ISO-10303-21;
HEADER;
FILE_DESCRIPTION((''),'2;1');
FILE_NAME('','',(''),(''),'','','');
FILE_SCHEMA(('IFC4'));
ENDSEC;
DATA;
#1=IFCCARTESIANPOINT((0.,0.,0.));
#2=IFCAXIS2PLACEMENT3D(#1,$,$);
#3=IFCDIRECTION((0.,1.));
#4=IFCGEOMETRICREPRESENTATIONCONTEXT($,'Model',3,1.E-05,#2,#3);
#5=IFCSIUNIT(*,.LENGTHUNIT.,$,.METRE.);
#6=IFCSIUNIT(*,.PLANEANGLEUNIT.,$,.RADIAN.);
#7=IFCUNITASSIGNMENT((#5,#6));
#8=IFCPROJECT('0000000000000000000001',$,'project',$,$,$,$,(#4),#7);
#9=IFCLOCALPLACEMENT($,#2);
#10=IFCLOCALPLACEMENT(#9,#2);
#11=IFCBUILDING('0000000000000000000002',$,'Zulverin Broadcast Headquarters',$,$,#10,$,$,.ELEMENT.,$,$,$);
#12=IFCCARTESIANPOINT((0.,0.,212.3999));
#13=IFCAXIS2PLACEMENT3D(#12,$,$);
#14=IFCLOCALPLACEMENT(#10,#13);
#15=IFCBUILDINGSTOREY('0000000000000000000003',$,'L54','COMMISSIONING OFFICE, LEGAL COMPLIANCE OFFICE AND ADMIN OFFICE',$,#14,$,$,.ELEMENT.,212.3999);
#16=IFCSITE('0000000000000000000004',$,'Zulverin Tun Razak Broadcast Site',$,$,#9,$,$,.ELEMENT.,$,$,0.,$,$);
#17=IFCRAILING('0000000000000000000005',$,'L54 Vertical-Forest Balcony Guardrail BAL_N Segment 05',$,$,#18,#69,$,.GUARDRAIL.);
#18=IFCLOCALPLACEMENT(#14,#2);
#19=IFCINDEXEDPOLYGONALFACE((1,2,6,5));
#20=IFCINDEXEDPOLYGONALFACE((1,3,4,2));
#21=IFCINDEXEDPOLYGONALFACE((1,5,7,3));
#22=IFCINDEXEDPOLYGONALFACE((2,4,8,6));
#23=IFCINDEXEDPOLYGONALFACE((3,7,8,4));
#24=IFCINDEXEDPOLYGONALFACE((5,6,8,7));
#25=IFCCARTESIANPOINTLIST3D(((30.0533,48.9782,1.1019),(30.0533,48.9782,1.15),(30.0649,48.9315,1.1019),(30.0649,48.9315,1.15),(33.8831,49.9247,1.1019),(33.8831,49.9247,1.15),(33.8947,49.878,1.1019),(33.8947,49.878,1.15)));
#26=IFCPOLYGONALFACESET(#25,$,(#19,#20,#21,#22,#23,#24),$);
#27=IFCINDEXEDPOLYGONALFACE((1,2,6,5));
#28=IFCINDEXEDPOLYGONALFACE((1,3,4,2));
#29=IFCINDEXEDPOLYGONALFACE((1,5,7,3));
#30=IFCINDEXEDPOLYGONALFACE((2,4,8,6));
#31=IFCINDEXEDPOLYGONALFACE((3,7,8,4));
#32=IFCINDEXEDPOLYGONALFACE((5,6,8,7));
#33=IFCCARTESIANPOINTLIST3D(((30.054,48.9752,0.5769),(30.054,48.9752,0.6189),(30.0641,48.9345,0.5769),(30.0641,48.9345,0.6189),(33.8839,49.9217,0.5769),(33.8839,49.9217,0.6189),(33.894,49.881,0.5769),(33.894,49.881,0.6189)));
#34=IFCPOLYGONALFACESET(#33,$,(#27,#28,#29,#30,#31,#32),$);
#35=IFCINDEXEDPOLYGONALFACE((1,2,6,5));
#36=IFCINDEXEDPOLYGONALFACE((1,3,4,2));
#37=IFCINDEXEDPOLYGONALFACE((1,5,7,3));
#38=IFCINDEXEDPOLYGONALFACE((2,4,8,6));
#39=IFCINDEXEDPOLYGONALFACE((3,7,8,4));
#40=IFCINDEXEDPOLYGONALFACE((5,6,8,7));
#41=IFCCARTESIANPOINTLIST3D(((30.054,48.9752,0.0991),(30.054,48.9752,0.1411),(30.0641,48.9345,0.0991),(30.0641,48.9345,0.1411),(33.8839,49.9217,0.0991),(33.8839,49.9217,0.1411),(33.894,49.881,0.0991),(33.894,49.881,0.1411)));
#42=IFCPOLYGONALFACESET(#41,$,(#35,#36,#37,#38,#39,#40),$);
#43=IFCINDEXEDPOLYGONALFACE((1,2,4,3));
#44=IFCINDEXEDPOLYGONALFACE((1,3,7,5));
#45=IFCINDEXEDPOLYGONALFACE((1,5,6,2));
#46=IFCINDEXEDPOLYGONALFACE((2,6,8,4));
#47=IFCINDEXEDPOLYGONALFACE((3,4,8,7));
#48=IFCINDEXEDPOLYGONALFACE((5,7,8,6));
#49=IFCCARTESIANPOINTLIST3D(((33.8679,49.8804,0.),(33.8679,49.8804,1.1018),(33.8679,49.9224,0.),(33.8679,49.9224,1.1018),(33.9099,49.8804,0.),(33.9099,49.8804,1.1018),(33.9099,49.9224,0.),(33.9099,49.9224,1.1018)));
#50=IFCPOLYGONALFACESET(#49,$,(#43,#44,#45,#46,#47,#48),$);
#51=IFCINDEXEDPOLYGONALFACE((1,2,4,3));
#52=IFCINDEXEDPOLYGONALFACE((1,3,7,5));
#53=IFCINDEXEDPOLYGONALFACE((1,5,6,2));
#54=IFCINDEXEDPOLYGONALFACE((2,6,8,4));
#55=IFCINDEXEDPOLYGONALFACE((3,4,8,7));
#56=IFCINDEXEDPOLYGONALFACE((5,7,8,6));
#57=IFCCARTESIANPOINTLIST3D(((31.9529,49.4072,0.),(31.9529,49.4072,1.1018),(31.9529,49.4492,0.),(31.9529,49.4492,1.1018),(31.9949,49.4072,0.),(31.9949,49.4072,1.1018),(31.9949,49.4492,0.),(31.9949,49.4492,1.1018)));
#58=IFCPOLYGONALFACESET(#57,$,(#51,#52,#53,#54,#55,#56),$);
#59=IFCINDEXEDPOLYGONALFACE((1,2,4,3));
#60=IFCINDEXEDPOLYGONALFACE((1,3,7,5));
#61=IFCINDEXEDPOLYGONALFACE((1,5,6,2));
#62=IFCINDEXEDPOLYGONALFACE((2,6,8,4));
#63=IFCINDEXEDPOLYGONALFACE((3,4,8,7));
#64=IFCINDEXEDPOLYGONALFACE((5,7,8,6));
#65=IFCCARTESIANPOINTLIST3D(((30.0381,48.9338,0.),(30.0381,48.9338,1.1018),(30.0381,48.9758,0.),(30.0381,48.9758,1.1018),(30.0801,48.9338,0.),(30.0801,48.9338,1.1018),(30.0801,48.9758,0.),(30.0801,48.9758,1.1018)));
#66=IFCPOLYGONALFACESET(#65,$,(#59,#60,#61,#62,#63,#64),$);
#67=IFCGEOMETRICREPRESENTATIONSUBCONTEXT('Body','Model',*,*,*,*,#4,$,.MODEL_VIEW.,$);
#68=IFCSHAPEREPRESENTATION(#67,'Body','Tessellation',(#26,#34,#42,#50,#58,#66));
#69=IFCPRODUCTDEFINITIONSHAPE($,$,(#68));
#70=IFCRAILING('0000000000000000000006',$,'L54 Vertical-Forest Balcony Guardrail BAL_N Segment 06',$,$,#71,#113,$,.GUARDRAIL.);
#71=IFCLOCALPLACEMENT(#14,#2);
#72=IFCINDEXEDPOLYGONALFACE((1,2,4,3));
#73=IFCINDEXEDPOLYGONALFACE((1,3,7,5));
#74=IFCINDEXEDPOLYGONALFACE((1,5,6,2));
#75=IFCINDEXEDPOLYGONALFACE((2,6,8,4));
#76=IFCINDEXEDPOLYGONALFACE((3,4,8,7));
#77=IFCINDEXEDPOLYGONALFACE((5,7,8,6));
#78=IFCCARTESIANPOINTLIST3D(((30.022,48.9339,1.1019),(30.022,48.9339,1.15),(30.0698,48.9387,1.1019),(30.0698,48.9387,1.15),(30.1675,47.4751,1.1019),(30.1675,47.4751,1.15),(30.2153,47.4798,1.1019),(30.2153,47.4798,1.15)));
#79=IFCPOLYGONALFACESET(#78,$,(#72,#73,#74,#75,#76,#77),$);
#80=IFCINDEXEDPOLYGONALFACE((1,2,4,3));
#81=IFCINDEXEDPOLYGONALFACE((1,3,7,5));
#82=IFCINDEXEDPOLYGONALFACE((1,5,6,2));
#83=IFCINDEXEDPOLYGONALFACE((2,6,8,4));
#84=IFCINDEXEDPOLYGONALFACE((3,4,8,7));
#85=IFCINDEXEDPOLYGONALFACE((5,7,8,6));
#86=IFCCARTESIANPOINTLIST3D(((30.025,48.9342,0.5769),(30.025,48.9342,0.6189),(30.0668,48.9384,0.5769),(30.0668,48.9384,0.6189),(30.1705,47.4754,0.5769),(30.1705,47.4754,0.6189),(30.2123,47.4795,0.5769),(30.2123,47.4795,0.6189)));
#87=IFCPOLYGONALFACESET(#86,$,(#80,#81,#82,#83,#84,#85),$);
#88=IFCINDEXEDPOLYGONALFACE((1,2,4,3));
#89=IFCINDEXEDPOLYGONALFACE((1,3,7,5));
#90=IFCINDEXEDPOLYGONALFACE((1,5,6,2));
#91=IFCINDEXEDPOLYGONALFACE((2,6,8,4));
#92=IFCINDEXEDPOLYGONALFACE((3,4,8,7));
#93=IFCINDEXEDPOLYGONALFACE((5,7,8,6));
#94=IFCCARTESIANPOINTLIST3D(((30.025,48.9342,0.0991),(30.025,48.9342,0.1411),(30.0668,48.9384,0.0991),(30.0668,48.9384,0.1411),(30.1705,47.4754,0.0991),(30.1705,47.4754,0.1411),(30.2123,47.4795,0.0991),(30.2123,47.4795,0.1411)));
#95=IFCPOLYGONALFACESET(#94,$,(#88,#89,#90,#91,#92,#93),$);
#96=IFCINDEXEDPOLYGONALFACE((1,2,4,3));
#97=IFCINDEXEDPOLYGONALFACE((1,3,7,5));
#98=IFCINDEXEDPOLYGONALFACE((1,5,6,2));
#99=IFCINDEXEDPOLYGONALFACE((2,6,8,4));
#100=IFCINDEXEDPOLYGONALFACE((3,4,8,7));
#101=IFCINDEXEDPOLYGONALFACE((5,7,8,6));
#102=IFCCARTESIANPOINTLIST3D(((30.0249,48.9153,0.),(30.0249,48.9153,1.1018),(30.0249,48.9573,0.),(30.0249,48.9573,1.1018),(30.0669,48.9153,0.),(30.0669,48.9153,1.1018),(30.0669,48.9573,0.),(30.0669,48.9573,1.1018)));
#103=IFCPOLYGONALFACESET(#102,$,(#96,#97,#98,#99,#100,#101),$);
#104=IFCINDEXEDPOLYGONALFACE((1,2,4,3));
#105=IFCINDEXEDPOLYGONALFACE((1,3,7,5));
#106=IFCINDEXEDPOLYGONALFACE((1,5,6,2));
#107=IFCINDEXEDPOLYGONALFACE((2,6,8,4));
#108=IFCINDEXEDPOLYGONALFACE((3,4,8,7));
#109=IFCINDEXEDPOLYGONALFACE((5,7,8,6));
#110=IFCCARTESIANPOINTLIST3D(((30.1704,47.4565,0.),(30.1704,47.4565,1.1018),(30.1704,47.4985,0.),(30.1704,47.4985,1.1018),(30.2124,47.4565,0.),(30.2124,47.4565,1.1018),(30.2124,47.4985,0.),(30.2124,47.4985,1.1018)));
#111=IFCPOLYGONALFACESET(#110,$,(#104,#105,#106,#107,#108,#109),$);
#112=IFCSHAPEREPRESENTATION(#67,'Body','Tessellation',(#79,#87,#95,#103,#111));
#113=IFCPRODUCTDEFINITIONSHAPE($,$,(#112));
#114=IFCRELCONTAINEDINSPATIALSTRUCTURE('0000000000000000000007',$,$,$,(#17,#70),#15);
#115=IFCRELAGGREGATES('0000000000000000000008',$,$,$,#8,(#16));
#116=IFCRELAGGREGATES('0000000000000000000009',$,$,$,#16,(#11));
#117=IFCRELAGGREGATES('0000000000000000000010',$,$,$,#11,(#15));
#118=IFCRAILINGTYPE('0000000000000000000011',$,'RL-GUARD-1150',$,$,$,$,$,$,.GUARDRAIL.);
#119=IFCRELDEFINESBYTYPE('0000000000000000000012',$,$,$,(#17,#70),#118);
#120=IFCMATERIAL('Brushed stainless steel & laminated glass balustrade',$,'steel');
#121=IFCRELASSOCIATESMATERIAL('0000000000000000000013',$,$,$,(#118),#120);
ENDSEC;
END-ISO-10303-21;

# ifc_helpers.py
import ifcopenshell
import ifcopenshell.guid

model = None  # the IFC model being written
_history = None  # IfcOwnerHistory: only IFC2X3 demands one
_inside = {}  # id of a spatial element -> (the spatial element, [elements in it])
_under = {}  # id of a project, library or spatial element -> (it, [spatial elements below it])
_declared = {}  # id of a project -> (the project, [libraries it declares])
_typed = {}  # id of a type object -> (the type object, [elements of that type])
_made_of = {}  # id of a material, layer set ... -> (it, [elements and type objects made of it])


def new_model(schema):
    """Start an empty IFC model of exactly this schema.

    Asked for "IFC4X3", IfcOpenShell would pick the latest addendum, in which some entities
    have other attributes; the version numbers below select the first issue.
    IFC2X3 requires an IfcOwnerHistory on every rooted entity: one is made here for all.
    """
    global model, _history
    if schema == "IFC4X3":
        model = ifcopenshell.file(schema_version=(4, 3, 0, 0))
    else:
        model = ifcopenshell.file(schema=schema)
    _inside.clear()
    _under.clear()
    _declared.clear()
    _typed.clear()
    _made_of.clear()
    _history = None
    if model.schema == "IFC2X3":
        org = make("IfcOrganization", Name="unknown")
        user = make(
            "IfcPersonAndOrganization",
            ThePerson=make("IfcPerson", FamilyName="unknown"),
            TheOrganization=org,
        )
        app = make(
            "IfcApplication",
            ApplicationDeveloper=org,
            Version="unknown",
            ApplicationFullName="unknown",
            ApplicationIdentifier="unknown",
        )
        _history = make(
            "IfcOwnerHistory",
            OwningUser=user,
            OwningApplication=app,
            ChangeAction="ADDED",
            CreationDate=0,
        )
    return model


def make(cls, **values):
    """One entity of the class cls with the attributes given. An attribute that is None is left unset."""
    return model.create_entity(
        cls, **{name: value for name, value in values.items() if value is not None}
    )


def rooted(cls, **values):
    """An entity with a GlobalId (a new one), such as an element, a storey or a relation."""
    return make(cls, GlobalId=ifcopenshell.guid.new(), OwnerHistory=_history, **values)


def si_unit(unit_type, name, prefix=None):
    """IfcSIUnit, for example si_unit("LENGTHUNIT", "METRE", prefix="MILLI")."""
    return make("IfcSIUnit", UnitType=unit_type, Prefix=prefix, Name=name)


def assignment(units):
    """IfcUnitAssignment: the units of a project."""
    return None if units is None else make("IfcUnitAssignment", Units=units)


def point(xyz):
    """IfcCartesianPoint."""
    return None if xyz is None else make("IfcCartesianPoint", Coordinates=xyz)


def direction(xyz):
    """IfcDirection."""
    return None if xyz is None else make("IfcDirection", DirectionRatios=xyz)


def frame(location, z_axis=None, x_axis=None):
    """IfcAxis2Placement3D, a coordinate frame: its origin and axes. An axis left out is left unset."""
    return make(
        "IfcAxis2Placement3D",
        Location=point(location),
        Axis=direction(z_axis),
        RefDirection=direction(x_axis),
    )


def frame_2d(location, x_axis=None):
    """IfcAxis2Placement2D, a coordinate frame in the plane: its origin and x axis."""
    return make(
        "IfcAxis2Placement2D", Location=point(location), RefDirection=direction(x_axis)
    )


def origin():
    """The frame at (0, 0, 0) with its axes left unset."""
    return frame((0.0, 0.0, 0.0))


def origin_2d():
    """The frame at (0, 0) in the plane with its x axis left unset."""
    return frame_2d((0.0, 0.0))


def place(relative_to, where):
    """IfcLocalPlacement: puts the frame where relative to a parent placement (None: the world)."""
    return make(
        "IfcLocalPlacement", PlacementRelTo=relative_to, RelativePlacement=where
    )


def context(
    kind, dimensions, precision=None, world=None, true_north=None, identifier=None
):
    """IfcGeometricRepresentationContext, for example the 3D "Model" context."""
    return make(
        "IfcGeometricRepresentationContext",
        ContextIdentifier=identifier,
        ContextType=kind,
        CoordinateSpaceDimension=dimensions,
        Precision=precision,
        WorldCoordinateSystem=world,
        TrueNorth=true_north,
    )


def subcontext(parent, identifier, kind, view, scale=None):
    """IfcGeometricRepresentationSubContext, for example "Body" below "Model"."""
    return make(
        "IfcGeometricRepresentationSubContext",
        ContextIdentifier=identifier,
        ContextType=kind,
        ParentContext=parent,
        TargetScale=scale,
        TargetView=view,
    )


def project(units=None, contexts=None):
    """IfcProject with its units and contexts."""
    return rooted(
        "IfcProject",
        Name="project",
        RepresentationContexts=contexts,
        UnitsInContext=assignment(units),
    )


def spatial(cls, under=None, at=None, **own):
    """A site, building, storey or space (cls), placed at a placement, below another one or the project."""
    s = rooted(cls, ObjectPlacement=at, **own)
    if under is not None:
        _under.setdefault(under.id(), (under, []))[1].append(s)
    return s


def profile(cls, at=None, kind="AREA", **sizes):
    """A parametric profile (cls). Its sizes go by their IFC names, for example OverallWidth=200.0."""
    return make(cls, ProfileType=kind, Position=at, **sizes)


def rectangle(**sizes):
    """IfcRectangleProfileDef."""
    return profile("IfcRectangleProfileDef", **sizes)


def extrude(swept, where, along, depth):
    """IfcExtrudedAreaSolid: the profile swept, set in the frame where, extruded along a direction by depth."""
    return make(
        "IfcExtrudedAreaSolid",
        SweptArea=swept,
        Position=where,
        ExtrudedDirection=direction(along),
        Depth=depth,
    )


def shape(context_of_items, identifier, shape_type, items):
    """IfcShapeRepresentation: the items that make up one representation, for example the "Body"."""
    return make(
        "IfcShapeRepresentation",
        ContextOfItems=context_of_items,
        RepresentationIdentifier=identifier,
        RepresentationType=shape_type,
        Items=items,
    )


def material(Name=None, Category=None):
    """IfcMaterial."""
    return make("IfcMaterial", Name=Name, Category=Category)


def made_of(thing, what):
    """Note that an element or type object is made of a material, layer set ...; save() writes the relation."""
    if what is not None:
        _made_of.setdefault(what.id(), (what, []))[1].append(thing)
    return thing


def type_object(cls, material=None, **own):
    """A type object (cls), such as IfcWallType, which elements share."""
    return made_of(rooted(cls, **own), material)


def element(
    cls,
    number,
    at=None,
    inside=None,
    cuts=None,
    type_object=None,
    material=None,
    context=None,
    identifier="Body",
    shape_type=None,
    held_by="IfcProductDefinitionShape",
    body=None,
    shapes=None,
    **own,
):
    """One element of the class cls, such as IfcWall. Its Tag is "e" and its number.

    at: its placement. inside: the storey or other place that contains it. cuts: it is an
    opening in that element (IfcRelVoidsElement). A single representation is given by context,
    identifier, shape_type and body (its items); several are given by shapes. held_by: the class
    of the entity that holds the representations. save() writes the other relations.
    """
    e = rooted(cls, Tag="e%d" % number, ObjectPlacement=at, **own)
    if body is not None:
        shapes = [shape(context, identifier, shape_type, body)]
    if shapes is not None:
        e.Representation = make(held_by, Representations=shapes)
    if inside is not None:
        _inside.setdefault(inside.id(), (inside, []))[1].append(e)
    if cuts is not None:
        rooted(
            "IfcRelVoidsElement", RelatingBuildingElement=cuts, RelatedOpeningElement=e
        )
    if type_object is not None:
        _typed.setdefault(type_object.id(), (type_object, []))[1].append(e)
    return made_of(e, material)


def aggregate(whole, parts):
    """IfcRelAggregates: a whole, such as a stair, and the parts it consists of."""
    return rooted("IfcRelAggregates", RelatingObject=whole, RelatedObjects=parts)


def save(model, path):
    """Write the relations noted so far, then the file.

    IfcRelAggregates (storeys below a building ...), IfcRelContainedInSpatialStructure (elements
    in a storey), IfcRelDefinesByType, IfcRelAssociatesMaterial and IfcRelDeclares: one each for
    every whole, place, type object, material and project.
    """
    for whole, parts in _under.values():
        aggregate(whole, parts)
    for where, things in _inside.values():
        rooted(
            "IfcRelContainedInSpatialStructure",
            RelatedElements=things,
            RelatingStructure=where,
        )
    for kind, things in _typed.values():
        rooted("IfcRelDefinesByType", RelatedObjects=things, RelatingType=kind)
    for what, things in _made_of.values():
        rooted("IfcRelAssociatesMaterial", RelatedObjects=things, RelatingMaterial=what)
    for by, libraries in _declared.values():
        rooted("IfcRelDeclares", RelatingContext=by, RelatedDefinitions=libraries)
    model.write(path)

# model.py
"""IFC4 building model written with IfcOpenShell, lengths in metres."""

from ifc_helpers import new_model, si_unit, direction, frame, origin, origin_2d, place, context, subcontext, project, spatial, rectangle, extrude, material, type_object, element, save


model = new_model("IFC4")

# Units and contexts
model_context = context("Model", 3, precision=1e-05, world=origin(), true_north=direction((0.0, 1.0)))
body_context = subcontext(model_context, "Body", "Model", "MODEL_VIEW")
ifc_project = project(units=[si_unit("LENGTHUNIT", "METRE"), si_unit("PLANEANGLEUNIT", "RADIAN")], contexts=[model_context])

# Site, building, storey
site_placement = place(None, origin())
site = spatial("IfcSite", under=ifc_project, at=site_placement, Name="Zulverin Tun Razak Broadcast Site", CompositionType="ELEMENT", RefElevation=0.0)
building_placement = place(site_placement, origin())
building = spatial("IfcBuilding", under=site, at=building_placement, Name="Zulverin Broadcast Headquarters", CompositionType="ELEMENT")
storey_placement = place(building_placement, frame((0.0, 0.0, 212.3999)))
storey = spatial("IfcBuildingStorey", under=building, at=storey_placement, Name="L54", Description="COMMISSIONING OFFICE, LEGAL COMPLIANCE OFFICE AND ADMIN OFFICE", CompositionType="ELEMENT", Elevation=212.3999)

# Railings
ifc_material_1 = material(Name="Brushed stainless steel & laminated glass balustrade", Category="steel")
railing_type = type_object("IfcRailingType", Name="RL-GUARD-1150", PredefinedType="GUARDRAIL", material=ifc_material_1)
railing_1_placement = place(storey_placement, frame((33.8889, 49.9014, 0.0)))
element("IfcRailing", 1, at=railing_1_placement, inside=storey, type_object=railing_type, Name="L54 Vertical-Forest Balcony Guardrail BAL_N Segment 05", PredefinedType="GUARDRAIL", context=body_context, shape_type="SweptSolid", body=[
    extrude(rectangle(XDim=0.0481, YDim=0.0481, at=origin_2d()), frame((0.0, 0.0, 1.126), z_axis=(-0.970791, -0.239928, 0.0), x_axis=(0.239928, -0.970791, 0.0)), (0.0, 0.0, 1.0), 3.9451),
    extrude(rectangle(XDim=0.042, YDim=0.042, at=origin_2d()), frame((0.0, 0.0, 0.5979), z_axis=(-0.970791, -0.239928, 0.0), x_axis=(0.239928, -0.970791, 0.0)), (0.0, 0.0, 1.0), 3.9451),
    extrude(rectangle(XDim=0.042, YDim=0.042, at=origin_2d()), frame((0.0, 0.0, 0.1201), z_axis=(-0.970791, -0.239928, 0.0), x_axis=(0.239928, -0.970791, 0.0)), (0.0, 0.0, 1.0), 3.9451),
    extrude(rectangle(XDim=0.042, YDim=0.042, at=origin_2d()), origin(), (0.0, 0.0, 1.0), 1.1018),
    extrude(rectangle(XDim=0.042, YDim=0.042, at=origin_2d()), frame((-1.915, -0.4731, 0.0)), (0.0, 0.0, 1.0), 1.1018),
    extrude(rectangle(XDim=0.042, YDim=0.042, at=origin_2d()), frame((-3.8298, -0.9465, 0.0)), (0.0, 0.0, 1.0), 1.1018),
])
railing_2_placement = place(storey_placement, frame((30.0459, 48.9363, 0.0)))
element("IfcRailing", 2, at=railing_2_placement, inside=storey, type_object=railing_type, Name="L54 Vertical-Forest Balcony Guardrail BAL_N Segment 06", PredefinedType="GUARDRAIL", context=body_context, shape_type="SweptSolid", body=[
    extrude(rectangle(XDim=0.0481, YDim=0.0481, at=origin_2d()), frame((0.0, 0.0, 1.126), z_axis=(0.099256, -0.995062, 0.0), x_axis=(0.995062, 0.099256, 0.0)), (0.0, 0.0, 1.0), 1.4661),
    extrude(rectangle(XDim=0.042, YDim=0.042, at=origin_2d()), frame((0.0, 0.0, 0.5979), z_axis=(0.099256, -0.995062, 0.0), x_axis=(0.995062, 0.099256, 0.0)), (0.0, 0.0, 1.0), 1.4661),
    extrude(rectangle(XDim=0.042, YDim=0.042, at=origin_2d()), frame((0.0, 0.0, 0.1201), z_axis=(0.099256, -0.995062, 0.0), x_axis=(0.995062, 0.099256, 0.0)), (0.0, 0.0, 1.0), 1.4661),
    extrude(rectangle(XDim=0.042, YDim=0.042, at=origin_2d()), origin(), (0.0, 0.0, 1.0), 1.1018),
    extrude(rectangle(XDim=0.042, YDim=0.042, at=origin_2d()), frame((0.1455, -1.4587, 0.0)), (0.0, 0.0, 1.0), 1.1018),
])

save(model, "model.ifc")
